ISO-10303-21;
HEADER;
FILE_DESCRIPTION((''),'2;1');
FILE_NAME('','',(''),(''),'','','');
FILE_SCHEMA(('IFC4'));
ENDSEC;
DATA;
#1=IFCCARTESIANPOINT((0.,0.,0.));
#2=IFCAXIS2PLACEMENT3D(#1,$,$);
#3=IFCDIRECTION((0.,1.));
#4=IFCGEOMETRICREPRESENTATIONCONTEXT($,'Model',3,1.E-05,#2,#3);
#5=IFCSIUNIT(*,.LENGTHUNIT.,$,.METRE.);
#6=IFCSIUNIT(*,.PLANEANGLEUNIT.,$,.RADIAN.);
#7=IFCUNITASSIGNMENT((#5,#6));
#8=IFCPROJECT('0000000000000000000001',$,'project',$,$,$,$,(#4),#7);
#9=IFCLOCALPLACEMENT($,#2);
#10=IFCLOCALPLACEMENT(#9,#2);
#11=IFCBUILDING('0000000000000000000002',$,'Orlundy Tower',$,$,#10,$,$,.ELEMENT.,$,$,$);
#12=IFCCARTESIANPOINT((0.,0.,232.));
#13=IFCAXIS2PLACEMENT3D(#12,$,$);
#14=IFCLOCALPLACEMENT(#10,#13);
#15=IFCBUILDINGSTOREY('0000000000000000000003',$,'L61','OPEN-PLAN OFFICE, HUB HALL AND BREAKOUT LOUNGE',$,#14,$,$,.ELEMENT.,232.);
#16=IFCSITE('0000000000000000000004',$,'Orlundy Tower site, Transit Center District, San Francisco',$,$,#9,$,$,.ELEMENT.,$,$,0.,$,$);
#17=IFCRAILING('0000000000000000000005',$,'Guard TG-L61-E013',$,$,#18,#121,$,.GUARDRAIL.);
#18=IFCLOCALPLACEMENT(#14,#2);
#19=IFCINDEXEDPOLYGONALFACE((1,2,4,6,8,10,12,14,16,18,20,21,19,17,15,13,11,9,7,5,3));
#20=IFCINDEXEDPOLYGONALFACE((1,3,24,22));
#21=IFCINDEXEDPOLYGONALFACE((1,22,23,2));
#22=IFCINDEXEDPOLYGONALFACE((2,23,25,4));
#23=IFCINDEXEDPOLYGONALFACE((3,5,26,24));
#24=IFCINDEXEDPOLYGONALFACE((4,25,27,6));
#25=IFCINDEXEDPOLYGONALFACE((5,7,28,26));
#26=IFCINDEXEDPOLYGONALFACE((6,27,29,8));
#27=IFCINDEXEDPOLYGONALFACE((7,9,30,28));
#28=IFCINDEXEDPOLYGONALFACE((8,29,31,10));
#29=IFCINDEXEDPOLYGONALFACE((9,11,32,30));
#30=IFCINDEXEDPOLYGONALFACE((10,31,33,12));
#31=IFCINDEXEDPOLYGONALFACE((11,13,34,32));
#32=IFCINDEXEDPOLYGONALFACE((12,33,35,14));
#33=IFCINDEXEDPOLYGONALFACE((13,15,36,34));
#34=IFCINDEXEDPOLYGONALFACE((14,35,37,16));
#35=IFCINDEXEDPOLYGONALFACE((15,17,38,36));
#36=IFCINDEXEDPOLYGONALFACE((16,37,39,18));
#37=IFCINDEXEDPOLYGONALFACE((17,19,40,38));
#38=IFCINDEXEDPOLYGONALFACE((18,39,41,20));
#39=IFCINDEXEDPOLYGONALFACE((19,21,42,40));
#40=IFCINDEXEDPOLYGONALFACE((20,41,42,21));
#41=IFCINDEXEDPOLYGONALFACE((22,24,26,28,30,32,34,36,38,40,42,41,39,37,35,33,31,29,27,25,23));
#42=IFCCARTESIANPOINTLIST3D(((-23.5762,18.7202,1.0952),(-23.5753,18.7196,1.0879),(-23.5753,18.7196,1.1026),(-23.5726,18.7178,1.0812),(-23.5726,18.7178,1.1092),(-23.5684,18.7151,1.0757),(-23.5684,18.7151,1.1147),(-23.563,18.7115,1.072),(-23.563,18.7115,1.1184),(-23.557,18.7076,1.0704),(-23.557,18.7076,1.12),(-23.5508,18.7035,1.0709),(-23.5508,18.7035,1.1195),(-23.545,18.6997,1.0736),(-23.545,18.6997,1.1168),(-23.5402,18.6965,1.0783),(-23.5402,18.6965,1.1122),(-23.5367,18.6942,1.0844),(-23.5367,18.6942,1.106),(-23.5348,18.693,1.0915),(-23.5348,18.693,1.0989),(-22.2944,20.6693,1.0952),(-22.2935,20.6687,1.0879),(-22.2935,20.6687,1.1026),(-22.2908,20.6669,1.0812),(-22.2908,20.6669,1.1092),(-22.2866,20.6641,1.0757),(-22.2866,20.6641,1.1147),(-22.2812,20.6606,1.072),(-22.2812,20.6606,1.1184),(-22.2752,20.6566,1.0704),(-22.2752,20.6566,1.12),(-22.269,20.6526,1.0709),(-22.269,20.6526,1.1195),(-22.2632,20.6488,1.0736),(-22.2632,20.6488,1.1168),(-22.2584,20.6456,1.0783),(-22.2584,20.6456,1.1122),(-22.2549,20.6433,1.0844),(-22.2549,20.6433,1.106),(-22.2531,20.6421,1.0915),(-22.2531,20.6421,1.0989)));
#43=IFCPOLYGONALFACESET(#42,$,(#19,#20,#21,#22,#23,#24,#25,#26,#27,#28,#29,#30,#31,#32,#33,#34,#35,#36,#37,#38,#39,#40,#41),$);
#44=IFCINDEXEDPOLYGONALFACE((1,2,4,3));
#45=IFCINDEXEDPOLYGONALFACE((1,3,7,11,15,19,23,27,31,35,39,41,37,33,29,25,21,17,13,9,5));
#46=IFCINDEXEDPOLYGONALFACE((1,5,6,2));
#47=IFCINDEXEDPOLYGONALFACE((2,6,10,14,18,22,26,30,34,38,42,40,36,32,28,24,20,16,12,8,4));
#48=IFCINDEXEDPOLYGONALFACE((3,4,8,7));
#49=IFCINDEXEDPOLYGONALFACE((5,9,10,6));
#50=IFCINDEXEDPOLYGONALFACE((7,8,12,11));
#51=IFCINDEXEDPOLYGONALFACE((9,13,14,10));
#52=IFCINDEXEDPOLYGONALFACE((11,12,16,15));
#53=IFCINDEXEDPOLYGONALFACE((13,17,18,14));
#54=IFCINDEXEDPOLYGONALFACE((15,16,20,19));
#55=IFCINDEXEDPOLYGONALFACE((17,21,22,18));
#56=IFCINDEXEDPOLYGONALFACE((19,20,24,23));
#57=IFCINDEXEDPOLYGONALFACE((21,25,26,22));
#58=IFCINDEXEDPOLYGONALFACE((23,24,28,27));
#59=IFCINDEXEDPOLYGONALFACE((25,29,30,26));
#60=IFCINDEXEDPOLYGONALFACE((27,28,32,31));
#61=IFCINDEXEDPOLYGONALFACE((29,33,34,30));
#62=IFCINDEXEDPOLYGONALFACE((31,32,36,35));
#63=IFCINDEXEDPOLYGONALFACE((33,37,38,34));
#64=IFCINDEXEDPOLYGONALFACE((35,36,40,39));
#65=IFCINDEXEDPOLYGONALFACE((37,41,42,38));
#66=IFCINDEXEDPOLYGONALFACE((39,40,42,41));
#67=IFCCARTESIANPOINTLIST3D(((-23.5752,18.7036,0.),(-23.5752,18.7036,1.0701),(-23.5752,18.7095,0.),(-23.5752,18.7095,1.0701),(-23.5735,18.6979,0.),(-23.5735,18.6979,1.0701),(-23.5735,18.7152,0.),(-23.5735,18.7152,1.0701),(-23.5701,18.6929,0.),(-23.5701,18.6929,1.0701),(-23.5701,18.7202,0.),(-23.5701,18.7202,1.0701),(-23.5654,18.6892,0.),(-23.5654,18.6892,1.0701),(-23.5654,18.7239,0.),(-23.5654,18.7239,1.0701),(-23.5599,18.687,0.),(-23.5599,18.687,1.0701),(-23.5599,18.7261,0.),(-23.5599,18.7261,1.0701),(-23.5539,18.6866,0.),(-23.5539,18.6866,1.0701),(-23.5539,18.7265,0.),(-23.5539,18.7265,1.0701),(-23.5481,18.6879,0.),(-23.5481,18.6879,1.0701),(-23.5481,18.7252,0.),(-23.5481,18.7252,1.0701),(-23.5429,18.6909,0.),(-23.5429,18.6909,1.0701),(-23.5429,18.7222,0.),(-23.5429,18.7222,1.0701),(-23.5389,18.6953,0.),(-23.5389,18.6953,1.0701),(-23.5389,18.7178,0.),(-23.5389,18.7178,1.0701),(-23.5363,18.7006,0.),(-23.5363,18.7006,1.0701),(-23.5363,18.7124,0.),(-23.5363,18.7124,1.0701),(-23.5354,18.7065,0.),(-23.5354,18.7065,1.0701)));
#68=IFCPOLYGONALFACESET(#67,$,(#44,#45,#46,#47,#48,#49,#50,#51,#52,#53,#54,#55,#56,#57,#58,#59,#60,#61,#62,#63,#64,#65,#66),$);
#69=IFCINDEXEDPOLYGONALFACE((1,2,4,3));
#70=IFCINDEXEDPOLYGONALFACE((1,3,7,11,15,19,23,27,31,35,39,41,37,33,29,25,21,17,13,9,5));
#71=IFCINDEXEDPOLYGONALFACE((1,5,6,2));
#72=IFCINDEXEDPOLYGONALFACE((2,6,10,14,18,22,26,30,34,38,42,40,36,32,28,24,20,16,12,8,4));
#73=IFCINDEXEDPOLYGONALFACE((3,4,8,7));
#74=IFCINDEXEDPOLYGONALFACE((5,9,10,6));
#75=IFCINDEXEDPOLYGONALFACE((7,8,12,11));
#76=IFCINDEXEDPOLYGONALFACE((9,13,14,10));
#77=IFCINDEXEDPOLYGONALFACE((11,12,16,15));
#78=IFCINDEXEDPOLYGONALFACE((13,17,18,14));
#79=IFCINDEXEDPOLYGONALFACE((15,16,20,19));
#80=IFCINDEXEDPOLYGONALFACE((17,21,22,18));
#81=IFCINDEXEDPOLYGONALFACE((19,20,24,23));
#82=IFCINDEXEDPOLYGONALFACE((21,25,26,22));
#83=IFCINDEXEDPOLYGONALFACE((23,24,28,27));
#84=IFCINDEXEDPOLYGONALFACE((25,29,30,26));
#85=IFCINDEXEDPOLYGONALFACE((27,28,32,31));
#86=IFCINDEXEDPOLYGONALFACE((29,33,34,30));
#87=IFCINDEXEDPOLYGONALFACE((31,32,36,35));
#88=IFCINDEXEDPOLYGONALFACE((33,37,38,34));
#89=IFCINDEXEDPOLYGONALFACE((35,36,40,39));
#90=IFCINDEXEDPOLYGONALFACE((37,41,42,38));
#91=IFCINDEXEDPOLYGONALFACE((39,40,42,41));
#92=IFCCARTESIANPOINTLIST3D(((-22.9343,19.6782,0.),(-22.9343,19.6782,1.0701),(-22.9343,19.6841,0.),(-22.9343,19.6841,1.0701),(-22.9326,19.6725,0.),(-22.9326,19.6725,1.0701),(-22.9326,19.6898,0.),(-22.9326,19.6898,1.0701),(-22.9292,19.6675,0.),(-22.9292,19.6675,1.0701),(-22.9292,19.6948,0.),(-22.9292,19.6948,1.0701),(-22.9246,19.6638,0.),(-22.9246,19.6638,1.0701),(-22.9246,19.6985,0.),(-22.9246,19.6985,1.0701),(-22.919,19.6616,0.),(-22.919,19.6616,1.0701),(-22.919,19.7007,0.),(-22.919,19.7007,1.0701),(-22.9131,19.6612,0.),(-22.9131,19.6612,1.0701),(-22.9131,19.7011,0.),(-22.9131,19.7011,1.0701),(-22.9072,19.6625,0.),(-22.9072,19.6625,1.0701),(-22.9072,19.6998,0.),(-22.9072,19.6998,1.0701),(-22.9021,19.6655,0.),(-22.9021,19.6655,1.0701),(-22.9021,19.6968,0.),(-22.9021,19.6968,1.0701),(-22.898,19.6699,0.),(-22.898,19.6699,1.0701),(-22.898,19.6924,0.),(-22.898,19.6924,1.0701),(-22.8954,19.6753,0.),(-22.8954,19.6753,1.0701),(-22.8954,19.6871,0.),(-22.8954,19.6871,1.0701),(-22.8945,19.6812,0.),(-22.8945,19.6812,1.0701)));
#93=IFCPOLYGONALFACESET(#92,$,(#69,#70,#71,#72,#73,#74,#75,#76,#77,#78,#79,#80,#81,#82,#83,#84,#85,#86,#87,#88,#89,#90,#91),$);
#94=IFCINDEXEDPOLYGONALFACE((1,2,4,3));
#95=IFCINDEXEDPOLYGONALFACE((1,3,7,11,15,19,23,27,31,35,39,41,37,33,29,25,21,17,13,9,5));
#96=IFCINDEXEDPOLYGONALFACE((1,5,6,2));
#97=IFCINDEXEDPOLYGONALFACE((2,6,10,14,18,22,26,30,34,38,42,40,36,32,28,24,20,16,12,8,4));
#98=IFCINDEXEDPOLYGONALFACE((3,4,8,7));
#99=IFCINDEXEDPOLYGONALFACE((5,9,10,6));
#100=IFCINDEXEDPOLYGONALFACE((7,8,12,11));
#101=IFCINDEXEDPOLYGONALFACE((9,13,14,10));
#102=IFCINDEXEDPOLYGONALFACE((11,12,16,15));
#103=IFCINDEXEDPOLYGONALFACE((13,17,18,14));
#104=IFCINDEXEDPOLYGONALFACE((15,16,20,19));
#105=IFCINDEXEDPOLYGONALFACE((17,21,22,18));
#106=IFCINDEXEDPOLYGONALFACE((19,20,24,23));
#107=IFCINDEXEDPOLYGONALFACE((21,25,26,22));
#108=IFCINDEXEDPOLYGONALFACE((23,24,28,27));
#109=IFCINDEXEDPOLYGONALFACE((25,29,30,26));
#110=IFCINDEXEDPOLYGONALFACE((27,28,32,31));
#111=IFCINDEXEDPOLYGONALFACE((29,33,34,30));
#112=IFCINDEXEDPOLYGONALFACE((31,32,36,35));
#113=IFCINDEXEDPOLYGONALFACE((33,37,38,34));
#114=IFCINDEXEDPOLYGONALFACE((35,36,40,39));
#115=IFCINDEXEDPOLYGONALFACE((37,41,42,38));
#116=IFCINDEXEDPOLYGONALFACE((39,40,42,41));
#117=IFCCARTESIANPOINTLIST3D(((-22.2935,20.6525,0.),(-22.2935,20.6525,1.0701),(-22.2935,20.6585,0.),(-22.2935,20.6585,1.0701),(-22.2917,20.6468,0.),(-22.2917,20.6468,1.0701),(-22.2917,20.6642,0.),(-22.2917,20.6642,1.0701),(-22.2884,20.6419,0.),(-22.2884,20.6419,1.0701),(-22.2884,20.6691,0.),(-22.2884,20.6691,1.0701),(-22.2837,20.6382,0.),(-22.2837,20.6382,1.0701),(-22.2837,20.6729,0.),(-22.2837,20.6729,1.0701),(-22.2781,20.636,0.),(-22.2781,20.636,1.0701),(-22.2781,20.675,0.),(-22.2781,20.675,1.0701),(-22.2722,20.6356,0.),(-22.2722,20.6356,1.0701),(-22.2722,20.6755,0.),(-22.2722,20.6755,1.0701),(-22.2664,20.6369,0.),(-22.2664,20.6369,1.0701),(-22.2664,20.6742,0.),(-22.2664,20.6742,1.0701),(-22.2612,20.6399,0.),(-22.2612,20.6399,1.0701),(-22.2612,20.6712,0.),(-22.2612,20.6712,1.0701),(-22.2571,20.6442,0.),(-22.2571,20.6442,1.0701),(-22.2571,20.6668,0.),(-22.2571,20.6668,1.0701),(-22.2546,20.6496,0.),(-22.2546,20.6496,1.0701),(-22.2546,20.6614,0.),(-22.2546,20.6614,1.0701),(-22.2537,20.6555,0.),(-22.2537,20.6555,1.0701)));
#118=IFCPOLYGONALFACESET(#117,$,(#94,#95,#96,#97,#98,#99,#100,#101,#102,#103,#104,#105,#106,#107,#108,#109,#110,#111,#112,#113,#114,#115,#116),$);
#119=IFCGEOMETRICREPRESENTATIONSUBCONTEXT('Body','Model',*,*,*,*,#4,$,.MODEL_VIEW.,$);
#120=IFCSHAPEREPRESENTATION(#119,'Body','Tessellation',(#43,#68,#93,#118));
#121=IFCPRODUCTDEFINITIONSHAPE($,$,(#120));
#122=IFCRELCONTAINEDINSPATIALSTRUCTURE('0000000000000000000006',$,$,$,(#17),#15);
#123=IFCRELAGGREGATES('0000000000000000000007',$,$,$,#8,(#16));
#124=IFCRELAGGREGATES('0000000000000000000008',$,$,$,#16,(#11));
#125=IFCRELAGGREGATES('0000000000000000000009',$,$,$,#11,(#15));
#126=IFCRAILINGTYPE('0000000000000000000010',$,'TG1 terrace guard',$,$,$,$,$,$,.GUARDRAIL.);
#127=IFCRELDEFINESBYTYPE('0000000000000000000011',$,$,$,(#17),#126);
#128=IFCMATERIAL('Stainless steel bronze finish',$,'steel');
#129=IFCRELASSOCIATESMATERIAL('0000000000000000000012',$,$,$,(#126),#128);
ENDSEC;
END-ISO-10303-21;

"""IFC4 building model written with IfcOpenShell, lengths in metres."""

from ifc_helpers import new_model, si_unit, direction, frame, origin, origin_2d, place, context, subcontext, project, spatial, circle, extrude, material, type_object, element, save


model = new_model("IFC4")

# Units and contexts
model_context = context("Model", 3, precision=1e-05, world=origin(), true_north=direction((0.0, 1.0)))
body_context = subcontext(model_context, "Body", "Model", "MODEL_VIEW")
ifc_project = project(units=[si_unit("LENGTHUNIT", "METRE"), si_unit("PLANEANGLEUNIT", "RADIAN")], contexts=[model_context])

# Site, building, storey
site_placement = place(None, origin())
site = spatial("IfcSite", under=ifc_project, at=site_placement, Name="Orlundy Tower site, Transit Center District, San Francisco", CompositionType="ELEMENT", RefElevation=0.0)
building_placement = place(site_placement, origin())
building = spatial("IfcBuilding", under=site, at=building_placement, Name="Orlundy Tower", CompositionType="ELEMENT")
storey_placement = place(building_placement, frame((0.0, 0.0, 232.0)))
storey = spatial("IfcBuildingStorey", under=building, at=storey_placement, Name="L61", Description="OPEN-PLAN OFFICE, HUB HALL AND BREAKOUT LOUNGE", CompositionType="ELEMENT", Elevation=232.0)

# Railing
ifc_material_1 = material(Name="Stainless steel bronze finish", Category="steel")
railing_type = type_object("IfcRailingType", Name="TG1 terrace guard", PredefinedType="GUARDRAIL", material=ifc_material_1)
railing_1_placement = place(storey_placement, frame((-23.5554, 18.7065, 0.0)))
element("IfcRailing", 1, at=railing_1_placement, inside=storey, type_object=railing_type, Name="Guard TG-L61-E013", PredefinedType="GUARDRAIL", context=body_context, shape_type="SweptSolid", body=[
    extrude(circle(Radius=0.0249, at=origin_2d()), frame((0.0, 0.0, 1.0952), z_axis=(0.549472, 0.835512, 0.0), x_axis=(-0.835512, 0.549472, 0.0)), (0.0, 0.0, 1.0), 2.3328),
    extrude(circle(Radius=0.02, at=origin_2d()), origin(), (0.0, 0.0, 1.0), 1.0701),
    extrude(circle(Radius=0.02, at=origin_2d()), frame((0.6409, 0.9746, 0.0)), (0.0, 0.0, 1.0), 1.0701),
    extrude(circle(Radius=0.02, at=origin_2d()), frame((1.2817, 1.949, 0.0)), (0.0, 0.0, 1.0), 1.0701),
])

save(model, "model.ifc")
